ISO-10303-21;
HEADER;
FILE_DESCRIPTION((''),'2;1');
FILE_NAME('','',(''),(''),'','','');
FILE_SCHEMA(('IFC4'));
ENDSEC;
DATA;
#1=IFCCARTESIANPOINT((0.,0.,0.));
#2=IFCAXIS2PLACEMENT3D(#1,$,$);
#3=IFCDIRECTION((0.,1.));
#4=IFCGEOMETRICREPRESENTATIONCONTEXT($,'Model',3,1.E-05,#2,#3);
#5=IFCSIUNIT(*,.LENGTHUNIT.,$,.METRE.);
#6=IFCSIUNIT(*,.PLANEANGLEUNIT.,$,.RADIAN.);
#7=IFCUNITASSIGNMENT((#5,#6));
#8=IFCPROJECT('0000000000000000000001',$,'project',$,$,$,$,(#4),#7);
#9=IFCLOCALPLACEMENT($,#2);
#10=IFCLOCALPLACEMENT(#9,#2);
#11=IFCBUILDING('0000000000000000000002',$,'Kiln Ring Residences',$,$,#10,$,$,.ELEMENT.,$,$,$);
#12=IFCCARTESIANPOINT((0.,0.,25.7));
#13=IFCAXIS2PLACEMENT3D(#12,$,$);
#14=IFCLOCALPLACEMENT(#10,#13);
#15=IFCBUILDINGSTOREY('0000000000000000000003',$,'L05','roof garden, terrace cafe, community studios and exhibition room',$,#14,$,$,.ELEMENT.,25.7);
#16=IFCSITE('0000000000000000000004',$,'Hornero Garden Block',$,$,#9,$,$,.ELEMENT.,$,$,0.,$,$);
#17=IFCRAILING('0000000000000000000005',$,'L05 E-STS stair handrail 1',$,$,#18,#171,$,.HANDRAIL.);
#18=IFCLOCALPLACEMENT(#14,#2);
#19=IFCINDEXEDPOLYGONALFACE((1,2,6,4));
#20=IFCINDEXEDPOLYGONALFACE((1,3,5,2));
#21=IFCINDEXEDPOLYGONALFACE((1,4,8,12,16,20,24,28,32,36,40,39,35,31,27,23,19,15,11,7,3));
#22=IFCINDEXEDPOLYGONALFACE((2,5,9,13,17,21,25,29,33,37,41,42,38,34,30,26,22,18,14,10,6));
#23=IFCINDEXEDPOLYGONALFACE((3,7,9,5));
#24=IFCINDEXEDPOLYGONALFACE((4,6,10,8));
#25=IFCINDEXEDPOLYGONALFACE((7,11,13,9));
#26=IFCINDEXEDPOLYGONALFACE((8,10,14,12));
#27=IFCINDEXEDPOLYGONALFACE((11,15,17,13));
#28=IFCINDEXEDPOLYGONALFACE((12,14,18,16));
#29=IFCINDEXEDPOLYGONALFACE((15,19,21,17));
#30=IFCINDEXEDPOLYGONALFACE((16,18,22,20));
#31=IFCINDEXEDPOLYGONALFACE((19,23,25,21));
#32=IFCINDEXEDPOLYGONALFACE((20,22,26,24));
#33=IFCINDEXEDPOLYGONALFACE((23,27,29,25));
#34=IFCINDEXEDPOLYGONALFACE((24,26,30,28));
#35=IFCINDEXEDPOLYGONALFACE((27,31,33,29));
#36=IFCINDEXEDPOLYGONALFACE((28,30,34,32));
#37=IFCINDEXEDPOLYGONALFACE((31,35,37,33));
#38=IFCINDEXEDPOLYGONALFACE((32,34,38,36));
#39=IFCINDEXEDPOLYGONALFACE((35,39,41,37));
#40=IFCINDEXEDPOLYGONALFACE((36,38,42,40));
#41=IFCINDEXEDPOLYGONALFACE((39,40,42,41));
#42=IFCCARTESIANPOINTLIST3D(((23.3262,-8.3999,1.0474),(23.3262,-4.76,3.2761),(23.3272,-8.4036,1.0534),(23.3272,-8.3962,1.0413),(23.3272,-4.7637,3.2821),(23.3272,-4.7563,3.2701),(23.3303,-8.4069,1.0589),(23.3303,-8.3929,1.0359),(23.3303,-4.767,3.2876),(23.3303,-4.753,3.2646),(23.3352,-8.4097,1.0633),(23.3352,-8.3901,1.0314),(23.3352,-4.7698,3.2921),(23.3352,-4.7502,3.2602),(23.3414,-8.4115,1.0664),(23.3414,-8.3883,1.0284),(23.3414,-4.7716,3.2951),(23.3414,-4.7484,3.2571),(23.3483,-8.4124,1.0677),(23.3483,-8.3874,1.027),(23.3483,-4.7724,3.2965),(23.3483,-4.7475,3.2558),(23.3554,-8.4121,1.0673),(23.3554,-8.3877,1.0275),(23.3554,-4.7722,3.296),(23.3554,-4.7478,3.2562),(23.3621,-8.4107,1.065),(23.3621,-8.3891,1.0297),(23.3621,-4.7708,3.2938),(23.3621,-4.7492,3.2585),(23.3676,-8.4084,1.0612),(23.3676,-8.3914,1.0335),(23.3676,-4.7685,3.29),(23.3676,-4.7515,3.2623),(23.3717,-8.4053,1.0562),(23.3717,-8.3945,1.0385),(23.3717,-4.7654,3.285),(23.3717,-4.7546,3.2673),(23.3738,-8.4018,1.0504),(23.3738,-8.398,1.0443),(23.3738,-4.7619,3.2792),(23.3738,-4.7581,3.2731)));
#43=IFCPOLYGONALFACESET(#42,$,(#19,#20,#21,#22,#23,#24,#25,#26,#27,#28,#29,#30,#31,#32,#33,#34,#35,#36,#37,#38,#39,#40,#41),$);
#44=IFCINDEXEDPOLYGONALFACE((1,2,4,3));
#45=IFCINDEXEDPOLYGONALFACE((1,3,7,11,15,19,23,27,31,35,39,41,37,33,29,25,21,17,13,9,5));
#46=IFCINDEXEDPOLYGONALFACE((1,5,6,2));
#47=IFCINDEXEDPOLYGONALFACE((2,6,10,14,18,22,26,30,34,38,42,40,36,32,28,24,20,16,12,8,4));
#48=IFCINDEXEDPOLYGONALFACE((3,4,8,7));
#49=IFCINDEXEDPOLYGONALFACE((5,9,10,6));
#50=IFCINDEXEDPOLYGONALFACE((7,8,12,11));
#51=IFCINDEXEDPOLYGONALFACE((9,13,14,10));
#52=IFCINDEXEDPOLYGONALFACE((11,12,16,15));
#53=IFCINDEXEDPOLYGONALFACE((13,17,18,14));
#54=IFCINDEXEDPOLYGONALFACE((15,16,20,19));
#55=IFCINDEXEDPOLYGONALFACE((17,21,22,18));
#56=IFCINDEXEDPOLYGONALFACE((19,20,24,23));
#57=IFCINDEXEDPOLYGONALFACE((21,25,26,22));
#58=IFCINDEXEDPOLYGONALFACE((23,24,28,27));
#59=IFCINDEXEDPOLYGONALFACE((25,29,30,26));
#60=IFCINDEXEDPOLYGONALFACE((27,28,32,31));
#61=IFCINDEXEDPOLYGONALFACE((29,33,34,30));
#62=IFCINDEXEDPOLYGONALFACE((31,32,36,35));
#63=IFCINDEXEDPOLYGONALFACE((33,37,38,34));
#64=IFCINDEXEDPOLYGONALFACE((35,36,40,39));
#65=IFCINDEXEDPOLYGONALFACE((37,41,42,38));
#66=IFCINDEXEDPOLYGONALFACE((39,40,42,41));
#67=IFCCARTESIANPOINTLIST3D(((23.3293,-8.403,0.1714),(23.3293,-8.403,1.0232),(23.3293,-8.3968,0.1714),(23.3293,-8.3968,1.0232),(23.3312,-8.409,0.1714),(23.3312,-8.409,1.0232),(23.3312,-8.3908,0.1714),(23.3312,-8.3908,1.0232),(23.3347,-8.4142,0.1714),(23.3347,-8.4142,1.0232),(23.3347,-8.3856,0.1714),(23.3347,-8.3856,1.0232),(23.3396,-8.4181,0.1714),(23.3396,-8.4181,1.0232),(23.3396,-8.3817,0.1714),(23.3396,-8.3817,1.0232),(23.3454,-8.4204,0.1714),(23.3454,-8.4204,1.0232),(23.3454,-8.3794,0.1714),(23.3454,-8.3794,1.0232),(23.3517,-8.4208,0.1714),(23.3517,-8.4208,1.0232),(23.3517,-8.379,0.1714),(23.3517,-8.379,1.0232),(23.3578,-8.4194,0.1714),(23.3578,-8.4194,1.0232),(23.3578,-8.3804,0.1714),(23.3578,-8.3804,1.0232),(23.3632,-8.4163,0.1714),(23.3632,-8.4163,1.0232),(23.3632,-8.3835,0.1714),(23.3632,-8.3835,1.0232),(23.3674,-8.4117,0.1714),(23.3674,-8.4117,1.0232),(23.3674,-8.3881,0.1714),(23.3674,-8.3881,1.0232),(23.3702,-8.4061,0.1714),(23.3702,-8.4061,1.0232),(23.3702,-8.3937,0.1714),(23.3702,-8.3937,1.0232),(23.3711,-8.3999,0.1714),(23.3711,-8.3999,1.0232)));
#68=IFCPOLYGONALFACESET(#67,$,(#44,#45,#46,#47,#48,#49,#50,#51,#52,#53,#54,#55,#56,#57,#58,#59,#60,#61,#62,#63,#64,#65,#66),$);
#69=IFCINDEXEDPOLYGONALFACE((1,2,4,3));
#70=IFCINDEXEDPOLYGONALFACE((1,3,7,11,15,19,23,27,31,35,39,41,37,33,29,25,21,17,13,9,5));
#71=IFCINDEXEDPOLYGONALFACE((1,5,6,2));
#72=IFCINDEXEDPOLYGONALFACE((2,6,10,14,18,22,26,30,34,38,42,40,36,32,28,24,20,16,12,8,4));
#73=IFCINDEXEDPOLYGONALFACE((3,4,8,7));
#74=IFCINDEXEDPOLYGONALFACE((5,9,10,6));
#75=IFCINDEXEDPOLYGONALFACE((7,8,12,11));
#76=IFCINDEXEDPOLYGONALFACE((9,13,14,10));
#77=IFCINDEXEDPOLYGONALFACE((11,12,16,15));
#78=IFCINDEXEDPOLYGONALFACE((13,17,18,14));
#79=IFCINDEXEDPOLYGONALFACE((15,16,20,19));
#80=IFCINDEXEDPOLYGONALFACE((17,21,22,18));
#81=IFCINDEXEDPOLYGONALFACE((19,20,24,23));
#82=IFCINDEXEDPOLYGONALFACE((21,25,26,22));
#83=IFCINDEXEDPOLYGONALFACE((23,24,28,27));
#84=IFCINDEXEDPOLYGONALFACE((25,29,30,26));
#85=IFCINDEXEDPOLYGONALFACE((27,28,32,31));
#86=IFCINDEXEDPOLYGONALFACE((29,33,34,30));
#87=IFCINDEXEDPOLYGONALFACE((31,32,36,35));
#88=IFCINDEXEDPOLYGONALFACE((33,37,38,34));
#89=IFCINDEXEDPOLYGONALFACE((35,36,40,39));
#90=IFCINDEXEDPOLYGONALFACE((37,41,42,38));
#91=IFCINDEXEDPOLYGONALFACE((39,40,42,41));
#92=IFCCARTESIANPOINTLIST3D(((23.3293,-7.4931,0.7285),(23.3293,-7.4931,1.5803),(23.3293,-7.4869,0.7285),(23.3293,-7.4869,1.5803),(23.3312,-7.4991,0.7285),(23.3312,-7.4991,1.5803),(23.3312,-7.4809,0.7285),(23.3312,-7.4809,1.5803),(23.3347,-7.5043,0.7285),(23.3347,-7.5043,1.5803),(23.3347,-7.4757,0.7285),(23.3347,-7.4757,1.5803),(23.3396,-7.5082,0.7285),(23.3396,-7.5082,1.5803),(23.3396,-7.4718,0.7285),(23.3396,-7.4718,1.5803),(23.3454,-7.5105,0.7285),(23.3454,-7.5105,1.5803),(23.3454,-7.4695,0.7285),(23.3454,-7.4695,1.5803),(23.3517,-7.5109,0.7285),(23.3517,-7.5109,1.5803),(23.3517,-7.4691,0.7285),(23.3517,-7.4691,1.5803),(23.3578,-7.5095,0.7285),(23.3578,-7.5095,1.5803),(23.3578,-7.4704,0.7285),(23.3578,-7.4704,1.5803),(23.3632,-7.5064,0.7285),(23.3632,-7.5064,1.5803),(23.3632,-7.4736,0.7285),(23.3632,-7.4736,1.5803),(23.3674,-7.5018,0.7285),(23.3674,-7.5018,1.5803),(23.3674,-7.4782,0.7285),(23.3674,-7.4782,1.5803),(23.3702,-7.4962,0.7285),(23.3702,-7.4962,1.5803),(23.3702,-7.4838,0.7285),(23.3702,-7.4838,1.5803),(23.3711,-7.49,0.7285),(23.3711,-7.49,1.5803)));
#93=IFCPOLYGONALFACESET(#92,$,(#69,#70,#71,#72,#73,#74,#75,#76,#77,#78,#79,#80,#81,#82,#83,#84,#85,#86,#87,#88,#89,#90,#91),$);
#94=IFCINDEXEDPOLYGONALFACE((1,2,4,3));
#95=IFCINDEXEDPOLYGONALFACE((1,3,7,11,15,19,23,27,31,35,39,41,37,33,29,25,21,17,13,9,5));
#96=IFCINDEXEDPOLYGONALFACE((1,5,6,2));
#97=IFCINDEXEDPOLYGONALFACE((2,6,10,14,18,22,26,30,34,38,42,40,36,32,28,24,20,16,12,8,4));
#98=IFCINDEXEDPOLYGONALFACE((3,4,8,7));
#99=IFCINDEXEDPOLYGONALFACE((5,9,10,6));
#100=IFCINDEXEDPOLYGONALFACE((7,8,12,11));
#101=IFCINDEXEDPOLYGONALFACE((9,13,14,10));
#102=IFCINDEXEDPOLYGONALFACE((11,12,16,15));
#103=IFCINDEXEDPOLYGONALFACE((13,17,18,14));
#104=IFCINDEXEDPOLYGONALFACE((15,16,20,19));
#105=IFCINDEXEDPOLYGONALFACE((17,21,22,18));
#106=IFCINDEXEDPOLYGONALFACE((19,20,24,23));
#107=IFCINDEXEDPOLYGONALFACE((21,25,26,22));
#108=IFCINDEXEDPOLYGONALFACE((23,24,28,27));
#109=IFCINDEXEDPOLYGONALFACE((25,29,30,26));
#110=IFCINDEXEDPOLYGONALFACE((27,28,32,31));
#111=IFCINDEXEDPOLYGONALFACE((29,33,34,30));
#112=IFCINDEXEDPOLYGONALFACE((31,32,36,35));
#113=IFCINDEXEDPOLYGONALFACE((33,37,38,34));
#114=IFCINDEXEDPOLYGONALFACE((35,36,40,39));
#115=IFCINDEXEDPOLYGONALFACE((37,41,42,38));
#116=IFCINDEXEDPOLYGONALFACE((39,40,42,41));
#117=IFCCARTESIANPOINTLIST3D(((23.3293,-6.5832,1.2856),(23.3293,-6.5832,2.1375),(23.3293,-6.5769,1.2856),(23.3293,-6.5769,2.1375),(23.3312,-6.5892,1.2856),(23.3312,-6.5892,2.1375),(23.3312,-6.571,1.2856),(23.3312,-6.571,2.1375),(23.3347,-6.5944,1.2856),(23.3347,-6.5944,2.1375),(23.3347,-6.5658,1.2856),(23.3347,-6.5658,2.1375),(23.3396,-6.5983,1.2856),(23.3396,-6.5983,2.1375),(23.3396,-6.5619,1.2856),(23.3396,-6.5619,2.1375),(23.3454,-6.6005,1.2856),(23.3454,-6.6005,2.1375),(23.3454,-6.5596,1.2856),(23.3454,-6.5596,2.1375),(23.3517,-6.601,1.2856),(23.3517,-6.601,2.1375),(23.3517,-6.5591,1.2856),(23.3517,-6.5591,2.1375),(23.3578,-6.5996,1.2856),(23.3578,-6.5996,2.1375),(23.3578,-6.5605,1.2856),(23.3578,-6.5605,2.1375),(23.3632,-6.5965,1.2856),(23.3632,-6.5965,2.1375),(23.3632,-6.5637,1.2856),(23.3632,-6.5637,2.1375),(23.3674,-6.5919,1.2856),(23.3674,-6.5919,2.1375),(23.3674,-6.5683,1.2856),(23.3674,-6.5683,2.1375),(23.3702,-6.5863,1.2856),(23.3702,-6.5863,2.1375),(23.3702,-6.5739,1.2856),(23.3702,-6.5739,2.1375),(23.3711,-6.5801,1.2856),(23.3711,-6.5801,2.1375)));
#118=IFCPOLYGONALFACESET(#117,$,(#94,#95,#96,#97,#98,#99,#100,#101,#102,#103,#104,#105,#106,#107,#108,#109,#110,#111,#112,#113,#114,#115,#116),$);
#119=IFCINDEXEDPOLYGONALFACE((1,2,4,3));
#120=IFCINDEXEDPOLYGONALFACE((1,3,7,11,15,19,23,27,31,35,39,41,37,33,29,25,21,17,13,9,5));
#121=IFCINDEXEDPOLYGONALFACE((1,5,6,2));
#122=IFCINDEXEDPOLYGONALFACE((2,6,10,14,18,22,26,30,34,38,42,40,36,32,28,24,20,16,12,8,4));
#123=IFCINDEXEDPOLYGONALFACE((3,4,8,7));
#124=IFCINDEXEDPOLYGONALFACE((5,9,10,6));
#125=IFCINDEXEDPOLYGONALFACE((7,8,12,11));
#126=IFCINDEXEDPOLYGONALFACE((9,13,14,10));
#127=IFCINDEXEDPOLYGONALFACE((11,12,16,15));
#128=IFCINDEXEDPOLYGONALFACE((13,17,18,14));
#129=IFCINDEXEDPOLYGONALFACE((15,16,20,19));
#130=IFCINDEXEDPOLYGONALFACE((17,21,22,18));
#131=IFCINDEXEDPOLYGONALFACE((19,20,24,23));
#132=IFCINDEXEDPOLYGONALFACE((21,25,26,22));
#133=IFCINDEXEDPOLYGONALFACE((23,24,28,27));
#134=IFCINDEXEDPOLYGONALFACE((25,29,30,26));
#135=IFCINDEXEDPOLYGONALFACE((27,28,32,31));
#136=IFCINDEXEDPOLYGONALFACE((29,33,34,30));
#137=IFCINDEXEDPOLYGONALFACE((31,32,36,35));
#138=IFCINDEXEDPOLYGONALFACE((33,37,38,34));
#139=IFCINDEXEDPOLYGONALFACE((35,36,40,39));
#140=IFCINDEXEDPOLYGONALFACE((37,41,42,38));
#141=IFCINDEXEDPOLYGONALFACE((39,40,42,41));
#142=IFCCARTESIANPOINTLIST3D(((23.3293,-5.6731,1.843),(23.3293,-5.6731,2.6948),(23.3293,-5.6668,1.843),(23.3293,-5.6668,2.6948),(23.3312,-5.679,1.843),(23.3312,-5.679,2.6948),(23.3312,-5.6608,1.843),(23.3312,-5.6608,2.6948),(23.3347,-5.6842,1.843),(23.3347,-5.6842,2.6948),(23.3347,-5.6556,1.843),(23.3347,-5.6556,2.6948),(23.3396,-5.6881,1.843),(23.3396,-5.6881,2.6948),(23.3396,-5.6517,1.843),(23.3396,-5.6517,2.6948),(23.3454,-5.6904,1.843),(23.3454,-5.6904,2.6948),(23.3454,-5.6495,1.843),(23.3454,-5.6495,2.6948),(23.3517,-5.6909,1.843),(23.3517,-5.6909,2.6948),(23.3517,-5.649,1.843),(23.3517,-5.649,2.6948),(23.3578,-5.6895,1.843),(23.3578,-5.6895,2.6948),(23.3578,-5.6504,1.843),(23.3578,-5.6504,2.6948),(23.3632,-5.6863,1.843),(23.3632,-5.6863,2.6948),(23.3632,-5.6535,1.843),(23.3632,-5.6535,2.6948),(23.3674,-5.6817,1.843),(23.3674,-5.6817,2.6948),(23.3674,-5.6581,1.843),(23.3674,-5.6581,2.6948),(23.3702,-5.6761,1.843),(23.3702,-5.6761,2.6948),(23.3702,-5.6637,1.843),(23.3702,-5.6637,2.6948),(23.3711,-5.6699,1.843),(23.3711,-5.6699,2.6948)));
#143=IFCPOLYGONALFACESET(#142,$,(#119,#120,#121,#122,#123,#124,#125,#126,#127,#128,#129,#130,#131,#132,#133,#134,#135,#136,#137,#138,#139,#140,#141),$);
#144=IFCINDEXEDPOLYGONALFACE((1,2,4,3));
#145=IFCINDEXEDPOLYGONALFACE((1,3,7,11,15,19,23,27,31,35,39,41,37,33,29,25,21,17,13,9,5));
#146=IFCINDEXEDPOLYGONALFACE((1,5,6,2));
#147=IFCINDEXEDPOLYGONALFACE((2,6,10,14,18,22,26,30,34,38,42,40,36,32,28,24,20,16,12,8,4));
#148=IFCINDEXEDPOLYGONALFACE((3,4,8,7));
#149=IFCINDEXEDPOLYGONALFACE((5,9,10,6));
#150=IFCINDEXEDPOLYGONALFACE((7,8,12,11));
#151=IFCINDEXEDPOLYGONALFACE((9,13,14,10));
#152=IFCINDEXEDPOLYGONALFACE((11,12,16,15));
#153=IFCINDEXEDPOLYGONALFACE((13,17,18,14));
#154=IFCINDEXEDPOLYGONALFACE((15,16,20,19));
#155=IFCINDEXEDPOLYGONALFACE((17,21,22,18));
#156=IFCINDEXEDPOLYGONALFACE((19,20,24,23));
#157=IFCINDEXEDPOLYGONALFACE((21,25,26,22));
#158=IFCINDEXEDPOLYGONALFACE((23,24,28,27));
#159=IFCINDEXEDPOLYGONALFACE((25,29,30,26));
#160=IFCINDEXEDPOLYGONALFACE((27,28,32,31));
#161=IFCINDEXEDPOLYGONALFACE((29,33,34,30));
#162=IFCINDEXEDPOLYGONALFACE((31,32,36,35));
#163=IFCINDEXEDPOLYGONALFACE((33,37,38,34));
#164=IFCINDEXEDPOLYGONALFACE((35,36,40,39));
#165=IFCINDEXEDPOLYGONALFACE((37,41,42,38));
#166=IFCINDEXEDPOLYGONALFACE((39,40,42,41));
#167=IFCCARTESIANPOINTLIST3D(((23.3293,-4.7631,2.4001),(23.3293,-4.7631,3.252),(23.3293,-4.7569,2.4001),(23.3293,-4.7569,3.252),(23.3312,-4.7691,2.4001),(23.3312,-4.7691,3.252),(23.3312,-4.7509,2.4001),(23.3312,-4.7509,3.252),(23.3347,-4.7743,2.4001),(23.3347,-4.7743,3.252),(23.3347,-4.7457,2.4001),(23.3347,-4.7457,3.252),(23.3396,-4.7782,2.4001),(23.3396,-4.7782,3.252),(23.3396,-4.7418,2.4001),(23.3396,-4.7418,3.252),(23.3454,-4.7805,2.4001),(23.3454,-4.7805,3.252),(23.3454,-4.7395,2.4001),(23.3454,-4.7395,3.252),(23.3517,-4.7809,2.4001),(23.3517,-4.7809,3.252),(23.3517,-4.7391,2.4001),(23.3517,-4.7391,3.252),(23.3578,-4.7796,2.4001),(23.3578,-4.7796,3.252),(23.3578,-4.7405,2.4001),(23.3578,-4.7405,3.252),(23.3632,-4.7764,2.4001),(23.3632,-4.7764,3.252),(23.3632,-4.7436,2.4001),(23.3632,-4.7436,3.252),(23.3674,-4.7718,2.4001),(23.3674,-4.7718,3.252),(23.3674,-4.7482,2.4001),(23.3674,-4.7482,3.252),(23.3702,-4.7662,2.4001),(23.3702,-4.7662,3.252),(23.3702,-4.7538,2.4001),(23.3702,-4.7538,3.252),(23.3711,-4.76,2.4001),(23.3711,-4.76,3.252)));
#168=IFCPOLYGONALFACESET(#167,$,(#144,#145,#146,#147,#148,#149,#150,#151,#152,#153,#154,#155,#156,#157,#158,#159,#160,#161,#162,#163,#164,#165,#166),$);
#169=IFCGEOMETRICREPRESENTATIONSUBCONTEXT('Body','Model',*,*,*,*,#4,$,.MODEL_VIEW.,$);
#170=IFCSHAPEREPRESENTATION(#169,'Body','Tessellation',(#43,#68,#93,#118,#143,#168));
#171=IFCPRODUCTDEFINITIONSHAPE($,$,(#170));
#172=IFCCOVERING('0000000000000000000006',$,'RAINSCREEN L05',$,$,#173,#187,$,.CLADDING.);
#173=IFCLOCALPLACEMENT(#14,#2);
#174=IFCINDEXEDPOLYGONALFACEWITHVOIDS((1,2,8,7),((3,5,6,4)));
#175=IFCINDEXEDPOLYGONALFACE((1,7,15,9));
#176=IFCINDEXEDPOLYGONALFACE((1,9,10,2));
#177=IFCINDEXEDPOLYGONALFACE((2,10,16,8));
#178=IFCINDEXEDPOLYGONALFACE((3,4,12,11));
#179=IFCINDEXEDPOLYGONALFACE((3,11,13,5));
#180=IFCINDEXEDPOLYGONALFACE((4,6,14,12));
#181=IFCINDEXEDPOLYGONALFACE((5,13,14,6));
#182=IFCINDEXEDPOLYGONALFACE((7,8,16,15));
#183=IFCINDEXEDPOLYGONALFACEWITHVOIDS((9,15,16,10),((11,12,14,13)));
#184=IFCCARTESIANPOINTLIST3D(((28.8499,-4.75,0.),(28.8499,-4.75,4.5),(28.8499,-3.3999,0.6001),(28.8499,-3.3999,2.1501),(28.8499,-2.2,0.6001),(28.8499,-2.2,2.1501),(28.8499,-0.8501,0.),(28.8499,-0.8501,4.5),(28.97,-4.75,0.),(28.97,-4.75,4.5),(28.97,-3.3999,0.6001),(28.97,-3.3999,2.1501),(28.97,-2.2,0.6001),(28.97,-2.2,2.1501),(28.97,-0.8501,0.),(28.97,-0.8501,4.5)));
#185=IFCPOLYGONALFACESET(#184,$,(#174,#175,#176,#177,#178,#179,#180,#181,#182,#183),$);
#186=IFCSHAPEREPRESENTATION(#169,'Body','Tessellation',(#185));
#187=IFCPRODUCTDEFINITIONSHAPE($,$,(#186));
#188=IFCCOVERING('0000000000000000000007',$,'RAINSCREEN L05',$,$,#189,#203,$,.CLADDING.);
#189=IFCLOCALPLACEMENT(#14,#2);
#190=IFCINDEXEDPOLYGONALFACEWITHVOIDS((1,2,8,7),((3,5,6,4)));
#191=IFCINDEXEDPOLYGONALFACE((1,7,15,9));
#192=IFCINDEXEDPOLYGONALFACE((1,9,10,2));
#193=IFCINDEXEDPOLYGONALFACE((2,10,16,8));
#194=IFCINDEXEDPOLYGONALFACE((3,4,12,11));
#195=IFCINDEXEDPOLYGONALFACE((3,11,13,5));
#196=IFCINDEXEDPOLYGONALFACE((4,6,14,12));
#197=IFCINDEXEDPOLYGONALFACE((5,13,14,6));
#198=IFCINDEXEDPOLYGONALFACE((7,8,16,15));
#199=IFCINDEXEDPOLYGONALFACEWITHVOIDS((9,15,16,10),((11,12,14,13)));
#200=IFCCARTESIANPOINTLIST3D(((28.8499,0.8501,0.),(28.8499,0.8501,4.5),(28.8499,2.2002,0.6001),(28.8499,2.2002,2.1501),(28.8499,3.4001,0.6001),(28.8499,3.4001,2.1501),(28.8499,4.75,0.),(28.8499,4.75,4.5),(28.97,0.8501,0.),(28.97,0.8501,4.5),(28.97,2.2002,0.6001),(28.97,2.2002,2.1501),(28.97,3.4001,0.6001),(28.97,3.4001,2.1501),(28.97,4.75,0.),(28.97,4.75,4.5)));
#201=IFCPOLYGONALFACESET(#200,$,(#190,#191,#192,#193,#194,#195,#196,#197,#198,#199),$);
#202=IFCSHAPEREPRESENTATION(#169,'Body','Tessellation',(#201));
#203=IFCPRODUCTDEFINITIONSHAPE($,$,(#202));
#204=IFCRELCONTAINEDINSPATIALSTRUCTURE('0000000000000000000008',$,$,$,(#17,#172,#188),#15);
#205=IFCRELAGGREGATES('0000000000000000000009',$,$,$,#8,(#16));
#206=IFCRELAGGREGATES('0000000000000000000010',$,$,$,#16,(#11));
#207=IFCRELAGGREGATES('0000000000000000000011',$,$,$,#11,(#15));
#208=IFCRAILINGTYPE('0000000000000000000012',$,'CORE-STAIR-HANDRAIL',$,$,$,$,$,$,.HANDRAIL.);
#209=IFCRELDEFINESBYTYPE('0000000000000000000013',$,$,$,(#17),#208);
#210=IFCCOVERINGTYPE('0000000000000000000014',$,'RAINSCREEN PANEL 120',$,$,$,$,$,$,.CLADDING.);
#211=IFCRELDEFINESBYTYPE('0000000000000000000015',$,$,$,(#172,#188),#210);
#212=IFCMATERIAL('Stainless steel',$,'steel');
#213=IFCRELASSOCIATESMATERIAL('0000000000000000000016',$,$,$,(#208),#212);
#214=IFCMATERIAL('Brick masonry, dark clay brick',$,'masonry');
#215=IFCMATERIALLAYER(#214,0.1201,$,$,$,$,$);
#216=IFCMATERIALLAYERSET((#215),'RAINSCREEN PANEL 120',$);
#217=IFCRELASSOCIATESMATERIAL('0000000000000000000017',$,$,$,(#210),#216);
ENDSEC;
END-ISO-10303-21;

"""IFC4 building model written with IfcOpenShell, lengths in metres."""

from ifc_helpers import new_model, si_unit, direction, frame, origin, origin_2d, place, context, subcontext, project, spatial, polyline, circle, outline, extrude, material, layer, layer_set, type_object, element, save


model = new_model("IFC4")

# Units and contexts
model_context = context("Model", 3, precision=1e-05, world=origin(), true_north=direction((0.0, 1.0)))
body_context = subcontext(model_context, "Body", "Model", "MODEL_VIEW")
ifc_project = project(units=[si_unit("LENGTHUNIT", "METRE"), si_unit("PLANEANGLEUNIT", "RADIAN")], contexts=[model_context])

# Site, building, storey
site_placement = place(None, origin())
site = spatial("IfcSite", under=ifc_project, at=site_placement, Name="Hornero Garden Block", CompositionType="ELEMENT", RefElevation=0.0)
building_placement = place(site_placement, origin())
building = spatial("IfcBuilding", under=site, at=building_placement, Name="Kiln Ring Residences", CompositionType="ELEMENT")
storey_placement = place(building_placement, frame((0.0, 0.0, 25.7)))
storey = spatial("IfcBuildingStorey", under=building, at=storey_placement, Name="L05", Description="roof garden, terrace cafe, community studios and exhibition room", CompositionType="ELEMENT", Elevation=25.7)

# Railing
ifc_material_1 = material(Name="Stainless steel", Category="steel")
railing_type_1 = type_object("IfcRailingType", Name="CORE-STAIR-HANDRAIL", PredefinedType="HANDRAIL", material=ifc_material_1)
railing_1_placement = place(storey_placement, frame((23.3501, -8.3999, 0.1714)))
element("IfcRailing", 1, at=railing_1_placement, inside=storey, type_object=railing_type_1, Name="L05 E-STS stair handrail 1", PredefinedType="HANDRAIL", context=body_context, shape_type="SweptSolid", body=[
    extrude(circle(Radius=0.0239, at=origin_2d()), frame((0.0, 0.0, 0.876), z_axis=(0.0, 0.852825, 0.522197), x_axis=(-1.0, 0.0, 0.0)), (0.0, 0.0, 1.0), 4.2681),
    extrude(circle(Radius=0.021, at=origin_2d()), origin(), (0.0, 0.0, 1.0), 0.8518),
    extrude(circle(Radius=0.021, at=origin_2d()), frame((0.0, 0.9099, 0.5571)), (0.0, 0.0, 1.0), 0.8518),
    extrude(circle(Radius=0.021, at=origin_2d()), frame((0.0, 1.8198, 1.1143)), (0.0, 0.0, 1.0), 0.8518),
    extrude(circle(Radius=0.021, at=origin_2d()), frame((0.0, 2.73, 1.6716)), (0.0, 0.0, 1.0), 0.8518),
    extrude(circle(Radius=0.021, at=origin_2d()), frame((0.0, 3.6399, 2.2288)), (0.0, 0.0, 1.0), 0.8518),
])

# Coverings
ifc_material_2 = material(Name="Brick masonry, dark clay brick", Category="masonry")
ifc_layer_1 = layer(ifc_material_2, 0.1201)
ifc_layer_set_1 = layer_set([ifc_layer_1], Name="RAINSCREEN PANEL 120")
covering_type = type_object("IfcCoveringType", Name="RAINSCREEN PANEL 120", PredefinedType="CLADDING", material=ifc_layer_set_1)
for number, where, z_axis, x_axis, name in (
    (2, (28.9099, -4.75, 0.0), (0.0, 0.0, 1.0), (0.0, 1.0, 0.0), "RAINSCREEN L05"),
    (3, (28.9099, 0.8501, 0.0), (0.0, 0.0, 1.0), (0.0, 1.0, 0.0), "RAINSCREEN L05"),
):
    element("IfcCovering", number, at=place(storey_placement, frame(where, z_axis=z_axis, x_axis=x_axis)), inside=storey, type_object=covering_type, Name=name, PredefinedType="CLADDING", context=body_context, shape_type="SweptSolid", body=[
        extrude(outline(polyline([(0.0, 0.0), (3.8999, 0.0), (3.8999, 4.5), (0.0, 4.5), (0.0, 0.0)]), holes=[polyline([(1.3501, 2.1501), (1.3501, 0.6001), (2.55, 0.6001), (2.55, 2.1501), (1.3501, 2.1501)])]), frame((0.0, 0.0601, 0.0), z_axis=(0.0, -1.0, 0.0), x_axis=(1.0, 0.0, 0.0)), (0.0, 0.0, 1.0), 0.1201),
    ])

save(model, "model.ifc")
